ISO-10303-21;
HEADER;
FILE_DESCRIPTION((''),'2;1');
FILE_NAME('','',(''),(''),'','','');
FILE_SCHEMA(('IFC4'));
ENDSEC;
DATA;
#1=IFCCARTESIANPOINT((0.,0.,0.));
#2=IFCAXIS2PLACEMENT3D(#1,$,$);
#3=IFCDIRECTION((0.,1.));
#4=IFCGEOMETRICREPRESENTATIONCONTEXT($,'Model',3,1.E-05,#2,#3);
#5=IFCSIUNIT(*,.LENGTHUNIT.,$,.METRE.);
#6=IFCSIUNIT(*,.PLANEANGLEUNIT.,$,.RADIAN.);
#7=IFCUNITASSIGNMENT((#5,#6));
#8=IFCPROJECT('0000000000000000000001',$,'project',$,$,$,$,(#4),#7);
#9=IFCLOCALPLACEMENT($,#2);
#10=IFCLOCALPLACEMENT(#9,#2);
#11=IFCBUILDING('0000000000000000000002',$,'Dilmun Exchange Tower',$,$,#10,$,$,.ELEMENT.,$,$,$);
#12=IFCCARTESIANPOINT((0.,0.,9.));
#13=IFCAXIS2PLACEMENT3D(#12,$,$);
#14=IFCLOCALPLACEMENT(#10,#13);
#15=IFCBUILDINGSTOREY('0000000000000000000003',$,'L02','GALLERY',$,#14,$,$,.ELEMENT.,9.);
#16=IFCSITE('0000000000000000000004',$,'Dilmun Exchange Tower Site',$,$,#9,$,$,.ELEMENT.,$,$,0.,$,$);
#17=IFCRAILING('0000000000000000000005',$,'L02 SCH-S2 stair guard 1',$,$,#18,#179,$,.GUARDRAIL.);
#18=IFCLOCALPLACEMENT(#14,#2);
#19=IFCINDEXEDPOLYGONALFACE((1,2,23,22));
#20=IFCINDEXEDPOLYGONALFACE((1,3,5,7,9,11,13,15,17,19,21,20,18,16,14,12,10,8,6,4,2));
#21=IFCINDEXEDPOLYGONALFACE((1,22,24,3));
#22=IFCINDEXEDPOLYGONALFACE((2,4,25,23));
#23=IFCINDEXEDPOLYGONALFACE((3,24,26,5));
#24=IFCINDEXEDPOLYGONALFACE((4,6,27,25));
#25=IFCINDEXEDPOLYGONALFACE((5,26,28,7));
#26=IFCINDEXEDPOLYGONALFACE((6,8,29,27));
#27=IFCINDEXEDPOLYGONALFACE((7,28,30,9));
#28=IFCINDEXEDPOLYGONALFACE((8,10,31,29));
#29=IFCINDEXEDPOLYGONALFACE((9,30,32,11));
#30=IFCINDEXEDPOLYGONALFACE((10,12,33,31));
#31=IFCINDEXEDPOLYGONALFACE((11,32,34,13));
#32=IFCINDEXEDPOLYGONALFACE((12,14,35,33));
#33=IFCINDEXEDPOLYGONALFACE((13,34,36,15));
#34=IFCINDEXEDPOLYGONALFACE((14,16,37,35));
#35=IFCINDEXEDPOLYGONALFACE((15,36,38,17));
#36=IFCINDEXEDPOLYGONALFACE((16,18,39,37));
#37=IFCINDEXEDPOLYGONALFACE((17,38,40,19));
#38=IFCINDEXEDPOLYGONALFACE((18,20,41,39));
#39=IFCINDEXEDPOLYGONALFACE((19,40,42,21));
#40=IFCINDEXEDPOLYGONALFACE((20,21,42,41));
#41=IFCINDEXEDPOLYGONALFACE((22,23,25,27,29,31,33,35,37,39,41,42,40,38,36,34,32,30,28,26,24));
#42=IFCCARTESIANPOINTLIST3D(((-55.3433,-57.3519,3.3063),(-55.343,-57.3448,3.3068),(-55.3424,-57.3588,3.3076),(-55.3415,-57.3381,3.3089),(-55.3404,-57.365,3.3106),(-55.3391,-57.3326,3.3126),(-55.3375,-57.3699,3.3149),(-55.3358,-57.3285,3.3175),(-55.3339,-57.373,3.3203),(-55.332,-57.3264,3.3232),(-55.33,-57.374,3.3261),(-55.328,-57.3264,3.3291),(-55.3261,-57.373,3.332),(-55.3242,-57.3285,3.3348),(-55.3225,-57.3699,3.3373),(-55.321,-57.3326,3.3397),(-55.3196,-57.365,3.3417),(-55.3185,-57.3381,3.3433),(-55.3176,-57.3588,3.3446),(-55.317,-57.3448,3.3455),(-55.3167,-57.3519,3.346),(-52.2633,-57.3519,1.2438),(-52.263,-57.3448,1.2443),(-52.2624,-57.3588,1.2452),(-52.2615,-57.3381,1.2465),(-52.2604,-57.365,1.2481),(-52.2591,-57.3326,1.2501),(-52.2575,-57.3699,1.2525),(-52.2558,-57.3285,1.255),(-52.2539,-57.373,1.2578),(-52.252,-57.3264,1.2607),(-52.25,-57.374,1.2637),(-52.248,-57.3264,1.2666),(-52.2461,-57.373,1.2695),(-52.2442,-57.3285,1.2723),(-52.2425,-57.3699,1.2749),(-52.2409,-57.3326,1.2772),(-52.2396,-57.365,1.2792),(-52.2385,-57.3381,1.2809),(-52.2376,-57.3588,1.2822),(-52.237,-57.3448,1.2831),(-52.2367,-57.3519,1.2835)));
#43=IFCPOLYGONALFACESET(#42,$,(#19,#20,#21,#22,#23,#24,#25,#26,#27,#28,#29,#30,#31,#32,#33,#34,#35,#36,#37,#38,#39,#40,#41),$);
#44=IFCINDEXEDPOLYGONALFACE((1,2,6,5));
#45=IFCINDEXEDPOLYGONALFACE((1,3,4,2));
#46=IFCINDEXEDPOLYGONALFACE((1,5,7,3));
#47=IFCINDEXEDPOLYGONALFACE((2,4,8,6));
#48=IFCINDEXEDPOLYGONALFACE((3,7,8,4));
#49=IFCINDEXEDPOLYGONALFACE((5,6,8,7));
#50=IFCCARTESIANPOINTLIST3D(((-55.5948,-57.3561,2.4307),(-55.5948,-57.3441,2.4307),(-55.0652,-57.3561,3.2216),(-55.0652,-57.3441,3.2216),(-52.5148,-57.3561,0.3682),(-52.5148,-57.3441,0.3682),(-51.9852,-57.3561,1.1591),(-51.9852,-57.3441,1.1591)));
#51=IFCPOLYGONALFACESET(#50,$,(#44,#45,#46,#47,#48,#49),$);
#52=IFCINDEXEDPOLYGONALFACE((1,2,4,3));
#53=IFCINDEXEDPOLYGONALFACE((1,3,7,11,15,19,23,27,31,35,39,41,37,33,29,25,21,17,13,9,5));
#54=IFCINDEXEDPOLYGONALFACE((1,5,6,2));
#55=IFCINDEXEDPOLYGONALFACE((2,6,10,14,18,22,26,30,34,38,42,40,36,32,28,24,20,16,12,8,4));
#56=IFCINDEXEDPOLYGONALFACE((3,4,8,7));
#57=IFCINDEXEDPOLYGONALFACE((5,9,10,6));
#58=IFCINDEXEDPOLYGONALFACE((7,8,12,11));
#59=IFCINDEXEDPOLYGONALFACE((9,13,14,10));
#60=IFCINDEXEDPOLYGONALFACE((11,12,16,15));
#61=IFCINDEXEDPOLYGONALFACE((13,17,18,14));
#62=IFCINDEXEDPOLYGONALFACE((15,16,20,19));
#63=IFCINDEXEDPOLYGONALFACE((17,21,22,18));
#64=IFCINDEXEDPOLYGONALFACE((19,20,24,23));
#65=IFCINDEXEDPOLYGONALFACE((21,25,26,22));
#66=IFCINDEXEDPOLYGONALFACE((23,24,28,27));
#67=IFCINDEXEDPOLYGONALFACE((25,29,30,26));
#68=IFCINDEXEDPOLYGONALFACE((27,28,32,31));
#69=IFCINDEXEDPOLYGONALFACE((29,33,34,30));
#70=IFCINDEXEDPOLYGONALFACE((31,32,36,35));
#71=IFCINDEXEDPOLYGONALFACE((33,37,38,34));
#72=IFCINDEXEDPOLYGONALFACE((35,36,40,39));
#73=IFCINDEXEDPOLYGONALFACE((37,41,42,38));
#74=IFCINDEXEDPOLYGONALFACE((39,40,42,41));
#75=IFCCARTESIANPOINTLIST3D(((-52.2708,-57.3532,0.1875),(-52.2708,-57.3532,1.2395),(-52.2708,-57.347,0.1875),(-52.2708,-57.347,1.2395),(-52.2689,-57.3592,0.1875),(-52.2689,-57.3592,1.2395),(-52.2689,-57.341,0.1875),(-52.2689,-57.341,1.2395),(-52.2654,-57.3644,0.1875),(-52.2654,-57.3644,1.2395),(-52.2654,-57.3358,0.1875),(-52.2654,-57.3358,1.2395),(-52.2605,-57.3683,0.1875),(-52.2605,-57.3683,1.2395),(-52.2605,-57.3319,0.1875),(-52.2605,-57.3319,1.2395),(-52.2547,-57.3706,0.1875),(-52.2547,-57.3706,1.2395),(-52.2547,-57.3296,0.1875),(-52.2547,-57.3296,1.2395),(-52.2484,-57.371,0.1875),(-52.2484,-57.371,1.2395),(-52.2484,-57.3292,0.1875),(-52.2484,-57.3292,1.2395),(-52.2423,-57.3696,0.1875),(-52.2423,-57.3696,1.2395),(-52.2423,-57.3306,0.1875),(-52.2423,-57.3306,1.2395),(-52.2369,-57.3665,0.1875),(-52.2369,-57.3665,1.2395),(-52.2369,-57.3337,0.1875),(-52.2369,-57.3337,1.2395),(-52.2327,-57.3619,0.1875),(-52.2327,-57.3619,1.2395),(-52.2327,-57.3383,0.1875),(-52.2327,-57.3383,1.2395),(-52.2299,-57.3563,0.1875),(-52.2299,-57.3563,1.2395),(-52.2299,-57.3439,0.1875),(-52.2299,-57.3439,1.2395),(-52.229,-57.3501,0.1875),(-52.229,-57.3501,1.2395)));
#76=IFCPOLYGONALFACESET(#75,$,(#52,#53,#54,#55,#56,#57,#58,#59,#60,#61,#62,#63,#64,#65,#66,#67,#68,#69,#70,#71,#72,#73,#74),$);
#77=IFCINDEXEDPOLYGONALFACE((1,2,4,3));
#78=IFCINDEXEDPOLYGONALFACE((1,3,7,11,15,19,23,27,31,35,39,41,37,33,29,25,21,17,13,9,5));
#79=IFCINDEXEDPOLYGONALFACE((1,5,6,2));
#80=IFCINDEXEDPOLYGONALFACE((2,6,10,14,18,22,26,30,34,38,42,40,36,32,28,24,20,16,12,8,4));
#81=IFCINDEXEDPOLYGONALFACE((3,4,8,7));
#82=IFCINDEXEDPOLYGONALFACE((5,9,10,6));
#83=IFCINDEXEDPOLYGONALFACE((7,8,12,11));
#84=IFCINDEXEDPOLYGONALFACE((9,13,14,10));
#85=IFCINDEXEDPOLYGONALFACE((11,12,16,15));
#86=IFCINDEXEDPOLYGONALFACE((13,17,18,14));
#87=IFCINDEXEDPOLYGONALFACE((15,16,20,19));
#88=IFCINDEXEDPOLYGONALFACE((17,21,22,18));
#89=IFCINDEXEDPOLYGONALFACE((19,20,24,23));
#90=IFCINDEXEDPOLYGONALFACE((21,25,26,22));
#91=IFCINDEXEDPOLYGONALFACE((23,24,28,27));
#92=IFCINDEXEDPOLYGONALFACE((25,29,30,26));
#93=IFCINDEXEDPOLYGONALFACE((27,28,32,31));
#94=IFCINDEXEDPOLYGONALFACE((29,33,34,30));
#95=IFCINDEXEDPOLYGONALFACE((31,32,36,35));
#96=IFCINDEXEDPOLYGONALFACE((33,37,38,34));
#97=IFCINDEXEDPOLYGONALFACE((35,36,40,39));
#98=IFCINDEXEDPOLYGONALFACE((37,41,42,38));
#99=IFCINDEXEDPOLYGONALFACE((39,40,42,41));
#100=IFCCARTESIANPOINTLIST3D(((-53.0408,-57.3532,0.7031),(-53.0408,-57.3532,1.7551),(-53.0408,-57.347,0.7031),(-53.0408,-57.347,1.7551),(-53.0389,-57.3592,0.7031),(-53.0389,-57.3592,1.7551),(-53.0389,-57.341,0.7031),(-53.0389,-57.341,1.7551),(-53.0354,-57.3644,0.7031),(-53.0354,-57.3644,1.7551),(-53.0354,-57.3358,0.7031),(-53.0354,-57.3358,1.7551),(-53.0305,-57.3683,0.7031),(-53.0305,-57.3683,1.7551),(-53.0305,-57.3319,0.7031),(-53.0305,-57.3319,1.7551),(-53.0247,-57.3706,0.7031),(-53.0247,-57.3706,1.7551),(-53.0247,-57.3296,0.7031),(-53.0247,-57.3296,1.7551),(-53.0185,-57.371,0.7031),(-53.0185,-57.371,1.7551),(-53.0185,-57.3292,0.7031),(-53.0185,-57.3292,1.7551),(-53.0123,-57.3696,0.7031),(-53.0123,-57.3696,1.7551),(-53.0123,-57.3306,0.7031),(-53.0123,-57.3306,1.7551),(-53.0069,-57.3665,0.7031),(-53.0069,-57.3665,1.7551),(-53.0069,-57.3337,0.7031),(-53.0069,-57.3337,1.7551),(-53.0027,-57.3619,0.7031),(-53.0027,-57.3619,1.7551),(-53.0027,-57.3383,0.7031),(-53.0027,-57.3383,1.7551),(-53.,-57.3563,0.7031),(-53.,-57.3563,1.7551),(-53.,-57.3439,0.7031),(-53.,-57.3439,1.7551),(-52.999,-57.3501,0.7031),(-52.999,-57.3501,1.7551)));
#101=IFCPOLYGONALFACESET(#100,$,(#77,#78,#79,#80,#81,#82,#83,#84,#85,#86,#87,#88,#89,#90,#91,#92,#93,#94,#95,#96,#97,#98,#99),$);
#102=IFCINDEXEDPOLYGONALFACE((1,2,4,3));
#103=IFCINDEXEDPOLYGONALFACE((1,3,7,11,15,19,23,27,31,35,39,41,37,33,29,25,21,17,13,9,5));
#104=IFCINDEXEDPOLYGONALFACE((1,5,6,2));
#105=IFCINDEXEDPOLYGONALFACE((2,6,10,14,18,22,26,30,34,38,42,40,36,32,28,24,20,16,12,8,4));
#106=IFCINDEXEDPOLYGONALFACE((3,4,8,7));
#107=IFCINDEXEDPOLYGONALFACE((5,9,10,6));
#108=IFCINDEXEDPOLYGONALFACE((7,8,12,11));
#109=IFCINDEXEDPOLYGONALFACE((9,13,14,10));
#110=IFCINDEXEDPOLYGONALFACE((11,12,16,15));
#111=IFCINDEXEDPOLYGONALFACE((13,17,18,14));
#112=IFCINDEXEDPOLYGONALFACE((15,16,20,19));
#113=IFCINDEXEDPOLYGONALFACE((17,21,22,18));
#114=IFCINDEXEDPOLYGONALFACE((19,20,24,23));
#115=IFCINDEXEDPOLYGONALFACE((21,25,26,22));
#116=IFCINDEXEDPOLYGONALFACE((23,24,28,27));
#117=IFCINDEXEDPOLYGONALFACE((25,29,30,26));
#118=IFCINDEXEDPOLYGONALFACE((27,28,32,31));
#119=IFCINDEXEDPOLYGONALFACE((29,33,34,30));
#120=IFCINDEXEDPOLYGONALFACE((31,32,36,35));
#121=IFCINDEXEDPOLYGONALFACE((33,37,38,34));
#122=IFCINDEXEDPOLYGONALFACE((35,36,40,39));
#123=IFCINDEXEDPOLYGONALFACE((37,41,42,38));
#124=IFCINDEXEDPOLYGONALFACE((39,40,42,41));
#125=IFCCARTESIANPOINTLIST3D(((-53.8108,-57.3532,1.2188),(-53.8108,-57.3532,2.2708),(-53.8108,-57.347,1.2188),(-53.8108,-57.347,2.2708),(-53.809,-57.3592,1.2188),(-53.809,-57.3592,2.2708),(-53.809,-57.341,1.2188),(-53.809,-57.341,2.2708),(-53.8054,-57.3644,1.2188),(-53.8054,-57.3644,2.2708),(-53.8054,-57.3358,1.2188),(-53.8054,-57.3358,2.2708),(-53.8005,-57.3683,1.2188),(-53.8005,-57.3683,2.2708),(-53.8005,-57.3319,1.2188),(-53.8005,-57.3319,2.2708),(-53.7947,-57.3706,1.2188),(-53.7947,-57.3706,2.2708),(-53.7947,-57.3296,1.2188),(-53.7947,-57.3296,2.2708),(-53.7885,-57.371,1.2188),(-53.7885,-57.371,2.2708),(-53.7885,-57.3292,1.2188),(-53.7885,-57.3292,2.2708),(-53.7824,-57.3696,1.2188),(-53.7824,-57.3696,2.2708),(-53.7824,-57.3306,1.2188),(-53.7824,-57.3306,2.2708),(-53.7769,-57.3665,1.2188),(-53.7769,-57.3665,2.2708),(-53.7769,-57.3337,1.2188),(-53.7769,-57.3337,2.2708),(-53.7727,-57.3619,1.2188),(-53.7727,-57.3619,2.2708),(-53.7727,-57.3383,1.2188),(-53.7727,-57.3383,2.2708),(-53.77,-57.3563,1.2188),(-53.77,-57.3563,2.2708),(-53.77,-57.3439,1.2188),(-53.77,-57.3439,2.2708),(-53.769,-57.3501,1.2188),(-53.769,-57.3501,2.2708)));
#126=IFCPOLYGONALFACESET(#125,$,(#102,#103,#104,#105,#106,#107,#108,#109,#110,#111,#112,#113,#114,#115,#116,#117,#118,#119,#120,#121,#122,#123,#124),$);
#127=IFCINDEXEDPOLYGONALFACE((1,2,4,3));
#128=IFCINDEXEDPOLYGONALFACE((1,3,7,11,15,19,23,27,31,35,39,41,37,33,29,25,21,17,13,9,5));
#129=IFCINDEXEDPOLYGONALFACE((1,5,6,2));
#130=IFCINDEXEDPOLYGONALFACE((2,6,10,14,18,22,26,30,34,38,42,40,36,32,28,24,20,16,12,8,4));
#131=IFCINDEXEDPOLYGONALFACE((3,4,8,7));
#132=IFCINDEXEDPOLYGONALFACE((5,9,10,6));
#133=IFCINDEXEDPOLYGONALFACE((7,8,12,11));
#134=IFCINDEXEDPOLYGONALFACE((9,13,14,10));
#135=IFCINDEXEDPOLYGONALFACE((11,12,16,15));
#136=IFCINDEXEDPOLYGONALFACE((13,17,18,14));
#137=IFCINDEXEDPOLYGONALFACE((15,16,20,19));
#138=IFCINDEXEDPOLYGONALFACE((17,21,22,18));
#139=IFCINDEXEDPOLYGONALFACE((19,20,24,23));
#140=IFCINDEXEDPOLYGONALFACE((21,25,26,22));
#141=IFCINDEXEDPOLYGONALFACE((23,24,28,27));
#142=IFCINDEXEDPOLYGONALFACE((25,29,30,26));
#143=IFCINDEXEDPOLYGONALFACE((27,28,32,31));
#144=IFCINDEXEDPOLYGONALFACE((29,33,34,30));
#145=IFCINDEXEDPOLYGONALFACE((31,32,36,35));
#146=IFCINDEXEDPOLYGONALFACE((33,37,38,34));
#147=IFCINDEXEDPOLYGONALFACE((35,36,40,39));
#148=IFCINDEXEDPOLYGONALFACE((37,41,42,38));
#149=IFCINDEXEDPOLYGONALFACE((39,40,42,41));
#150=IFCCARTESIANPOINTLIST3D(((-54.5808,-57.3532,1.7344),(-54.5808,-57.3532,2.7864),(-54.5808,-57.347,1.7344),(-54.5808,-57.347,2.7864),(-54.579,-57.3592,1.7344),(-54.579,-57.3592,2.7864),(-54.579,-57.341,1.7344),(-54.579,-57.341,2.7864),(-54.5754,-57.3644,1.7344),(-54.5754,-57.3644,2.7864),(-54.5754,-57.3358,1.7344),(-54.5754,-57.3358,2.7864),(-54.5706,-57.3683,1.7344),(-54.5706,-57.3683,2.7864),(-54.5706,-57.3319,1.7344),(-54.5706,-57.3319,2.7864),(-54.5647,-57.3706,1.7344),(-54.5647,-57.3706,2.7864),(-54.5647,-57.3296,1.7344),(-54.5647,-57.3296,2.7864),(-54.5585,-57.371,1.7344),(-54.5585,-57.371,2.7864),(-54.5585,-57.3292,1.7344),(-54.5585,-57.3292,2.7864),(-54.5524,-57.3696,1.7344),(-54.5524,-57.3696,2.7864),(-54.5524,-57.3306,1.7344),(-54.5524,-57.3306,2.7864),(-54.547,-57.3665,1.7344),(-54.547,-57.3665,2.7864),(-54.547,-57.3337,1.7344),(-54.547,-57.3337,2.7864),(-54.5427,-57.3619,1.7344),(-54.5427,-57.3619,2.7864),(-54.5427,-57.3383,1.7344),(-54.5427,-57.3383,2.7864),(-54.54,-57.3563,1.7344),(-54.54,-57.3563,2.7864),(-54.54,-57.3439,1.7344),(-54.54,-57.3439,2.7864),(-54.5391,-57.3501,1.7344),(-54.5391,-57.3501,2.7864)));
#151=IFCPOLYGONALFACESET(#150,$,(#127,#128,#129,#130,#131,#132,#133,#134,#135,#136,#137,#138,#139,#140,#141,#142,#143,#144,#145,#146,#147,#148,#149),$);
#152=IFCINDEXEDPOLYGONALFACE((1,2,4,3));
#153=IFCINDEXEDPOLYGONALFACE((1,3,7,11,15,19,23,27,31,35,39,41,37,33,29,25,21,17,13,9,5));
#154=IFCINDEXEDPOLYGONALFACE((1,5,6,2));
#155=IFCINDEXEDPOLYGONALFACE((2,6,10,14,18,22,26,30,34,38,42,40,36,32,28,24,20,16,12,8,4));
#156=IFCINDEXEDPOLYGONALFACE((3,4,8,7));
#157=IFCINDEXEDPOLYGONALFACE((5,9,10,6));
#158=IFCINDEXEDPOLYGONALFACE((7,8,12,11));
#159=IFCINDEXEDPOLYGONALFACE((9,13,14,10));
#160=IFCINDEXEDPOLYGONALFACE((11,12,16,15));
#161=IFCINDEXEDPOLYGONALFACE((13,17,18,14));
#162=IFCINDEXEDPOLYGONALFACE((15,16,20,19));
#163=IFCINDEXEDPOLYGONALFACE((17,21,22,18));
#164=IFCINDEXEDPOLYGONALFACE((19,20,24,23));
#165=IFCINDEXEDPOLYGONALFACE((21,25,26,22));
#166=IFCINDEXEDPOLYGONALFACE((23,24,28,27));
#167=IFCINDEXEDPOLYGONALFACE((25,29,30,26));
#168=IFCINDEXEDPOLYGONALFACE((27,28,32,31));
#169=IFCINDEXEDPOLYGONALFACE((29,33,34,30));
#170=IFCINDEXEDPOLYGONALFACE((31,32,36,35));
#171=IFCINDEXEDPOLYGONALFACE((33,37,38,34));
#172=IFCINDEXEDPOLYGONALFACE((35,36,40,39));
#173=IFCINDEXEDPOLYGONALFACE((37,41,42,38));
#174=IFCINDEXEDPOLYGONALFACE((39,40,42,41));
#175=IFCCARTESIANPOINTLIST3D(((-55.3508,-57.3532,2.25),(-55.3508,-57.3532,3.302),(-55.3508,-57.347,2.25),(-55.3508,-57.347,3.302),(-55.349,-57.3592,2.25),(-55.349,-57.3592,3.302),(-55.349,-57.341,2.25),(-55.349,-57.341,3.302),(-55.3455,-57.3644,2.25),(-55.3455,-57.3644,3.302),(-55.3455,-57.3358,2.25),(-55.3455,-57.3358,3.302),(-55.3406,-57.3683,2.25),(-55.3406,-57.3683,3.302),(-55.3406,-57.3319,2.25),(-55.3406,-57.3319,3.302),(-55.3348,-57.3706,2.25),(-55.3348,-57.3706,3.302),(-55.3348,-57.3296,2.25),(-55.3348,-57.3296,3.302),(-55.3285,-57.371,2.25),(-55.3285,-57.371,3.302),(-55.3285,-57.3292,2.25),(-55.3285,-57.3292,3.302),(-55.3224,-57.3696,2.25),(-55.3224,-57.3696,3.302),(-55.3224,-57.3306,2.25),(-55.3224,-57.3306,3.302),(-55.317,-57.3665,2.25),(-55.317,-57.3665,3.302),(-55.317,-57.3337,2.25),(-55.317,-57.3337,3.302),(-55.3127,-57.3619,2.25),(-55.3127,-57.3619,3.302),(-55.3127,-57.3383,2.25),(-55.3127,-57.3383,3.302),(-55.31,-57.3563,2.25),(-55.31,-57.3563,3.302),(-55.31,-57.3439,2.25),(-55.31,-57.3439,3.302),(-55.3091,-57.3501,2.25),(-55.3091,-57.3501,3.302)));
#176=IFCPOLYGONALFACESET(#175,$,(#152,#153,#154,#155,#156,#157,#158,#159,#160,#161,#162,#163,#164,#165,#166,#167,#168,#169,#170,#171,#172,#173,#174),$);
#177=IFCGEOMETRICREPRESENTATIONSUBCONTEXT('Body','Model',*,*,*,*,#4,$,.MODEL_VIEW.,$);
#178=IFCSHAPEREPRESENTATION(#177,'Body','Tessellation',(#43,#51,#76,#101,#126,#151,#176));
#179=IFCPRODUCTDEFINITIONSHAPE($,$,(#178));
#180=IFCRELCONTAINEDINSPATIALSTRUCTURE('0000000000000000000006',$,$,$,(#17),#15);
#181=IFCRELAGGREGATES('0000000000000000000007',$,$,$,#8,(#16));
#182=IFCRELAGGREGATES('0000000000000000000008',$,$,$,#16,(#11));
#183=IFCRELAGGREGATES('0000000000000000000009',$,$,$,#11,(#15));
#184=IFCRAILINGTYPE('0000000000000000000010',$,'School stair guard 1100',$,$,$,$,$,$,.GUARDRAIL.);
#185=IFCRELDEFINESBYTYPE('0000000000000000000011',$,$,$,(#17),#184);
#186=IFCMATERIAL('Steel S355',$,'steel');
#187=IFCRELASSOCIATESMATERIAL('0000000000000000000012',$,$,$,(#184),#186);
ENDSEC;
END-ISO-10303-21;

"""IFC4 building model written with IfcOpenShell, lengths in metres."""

from ifc_helpers import new_model, si_unit, direction, frame, origin, origin_2d, place, context, subcontext, project, spatial, rectangle, circle, extrude, material, type_object, element, save


model = new_model("IFC4")

# Units and contexts
model_context = context("Model", 3, precision=1e-05, world=origin(), true_north=direction((0.0, 1.0)))
body_context = subcontext(model_context, "Body", "Model", "MODEL_VIEW")
ifc_project = project(units=[si_unit("LENGTHUNIT", "METRE"), si_unit("PLANEANGLEUNIT", "RADIAN")], contexts=[model_context])

# Site, building, storey
site_placement = place(None, origin())
site = spatial("IfcSite", under=ifc_project, at=site_placement, Name="Dilmun Exchange Tower Site", CompositionType="ELEMENT", RefElevation=0.0)
building_placement = place(site_placement, origin())
building = spatial("IfcBuilding", under=site, at=building_placement, Name="Dilmun Exchange Tower", CompositionType="ELEMENT")
storey_placement = place(building_placement, frame((0.0, 0.0, 9.0)))
storey = spatial("IfcBuildingStorey", under=building, at=storey_placement, Name="L02", Description="GALLERY", CompositionType="ELEMENT", Elevation=9.0)

# Railing
ifc_material_1 = material(Name="Steel S355", Category="steel")
railing_type_1 = type_object("IfcRailingType", Name="School stair guard 1100", PredefinedType="GUARDRAIL", material=ifc_material_1)
railing_1_placement = place(storey_placement, frame((-52.25, -57.3501, 0.1875)))
element("IfcRailing", 1, at=railing_1_placement, inside=storey, type_object=railing_type_1, Name="L02 SCH-S2 stair guard 1", PredefinedType="GUARDRAIL", context=body_context, shape_type="SweptSolid", body=[
    extrude(circle(Radius=0.0239, at=origin_2d()), frame((0.0, 0.0, 1.0762), z_axis=(-0.830914, 0.0, 0.556401), x_axis=(0.0, -1.0, 0.0)), (0.0, 0.0, 1.0), 3.7068),
    extrude(rectangle(XDim=0.012, YDim=0.9519, at=origin_2d()), frame((0.0, 0.0, 0.5762), z_axis=(-0.830914, 0.0, 0.556401), x_axis=(0.0, -1.0, 0.0)), (0.0, 0.0, 1.0), 3.7068),
    extrude(circle(Radius=0.021, at=origin_2d()), origin(), (0.0, 0.0, 1.0), 1.052),
    extrude(circle(Radius=0.021, at=origin_2d()), frame((-0.77, 0.0, 0.5156)), (0.0, 0.0, 1.0), 1.052),
    extrude(circle(Radius=0.021, at=origin_2d()), frame((-1.54, 0.0, 1.0312)), (0.0, 0.0, 1.0), 1.052),
    extrude(circle(Radius=0.021, at=origin_2d()), frame((-2.3101, 0.0, 1.5469)), (0.0, 0.0, 1.0), 1.052),
    extrude(circle(Radius=0.021, at=origin_2d()), frame((-3.0801, 0.0, 2.0625)), (0.0, 0.0, 1.0), 1.052),
])

save(model, "model.ifc")
